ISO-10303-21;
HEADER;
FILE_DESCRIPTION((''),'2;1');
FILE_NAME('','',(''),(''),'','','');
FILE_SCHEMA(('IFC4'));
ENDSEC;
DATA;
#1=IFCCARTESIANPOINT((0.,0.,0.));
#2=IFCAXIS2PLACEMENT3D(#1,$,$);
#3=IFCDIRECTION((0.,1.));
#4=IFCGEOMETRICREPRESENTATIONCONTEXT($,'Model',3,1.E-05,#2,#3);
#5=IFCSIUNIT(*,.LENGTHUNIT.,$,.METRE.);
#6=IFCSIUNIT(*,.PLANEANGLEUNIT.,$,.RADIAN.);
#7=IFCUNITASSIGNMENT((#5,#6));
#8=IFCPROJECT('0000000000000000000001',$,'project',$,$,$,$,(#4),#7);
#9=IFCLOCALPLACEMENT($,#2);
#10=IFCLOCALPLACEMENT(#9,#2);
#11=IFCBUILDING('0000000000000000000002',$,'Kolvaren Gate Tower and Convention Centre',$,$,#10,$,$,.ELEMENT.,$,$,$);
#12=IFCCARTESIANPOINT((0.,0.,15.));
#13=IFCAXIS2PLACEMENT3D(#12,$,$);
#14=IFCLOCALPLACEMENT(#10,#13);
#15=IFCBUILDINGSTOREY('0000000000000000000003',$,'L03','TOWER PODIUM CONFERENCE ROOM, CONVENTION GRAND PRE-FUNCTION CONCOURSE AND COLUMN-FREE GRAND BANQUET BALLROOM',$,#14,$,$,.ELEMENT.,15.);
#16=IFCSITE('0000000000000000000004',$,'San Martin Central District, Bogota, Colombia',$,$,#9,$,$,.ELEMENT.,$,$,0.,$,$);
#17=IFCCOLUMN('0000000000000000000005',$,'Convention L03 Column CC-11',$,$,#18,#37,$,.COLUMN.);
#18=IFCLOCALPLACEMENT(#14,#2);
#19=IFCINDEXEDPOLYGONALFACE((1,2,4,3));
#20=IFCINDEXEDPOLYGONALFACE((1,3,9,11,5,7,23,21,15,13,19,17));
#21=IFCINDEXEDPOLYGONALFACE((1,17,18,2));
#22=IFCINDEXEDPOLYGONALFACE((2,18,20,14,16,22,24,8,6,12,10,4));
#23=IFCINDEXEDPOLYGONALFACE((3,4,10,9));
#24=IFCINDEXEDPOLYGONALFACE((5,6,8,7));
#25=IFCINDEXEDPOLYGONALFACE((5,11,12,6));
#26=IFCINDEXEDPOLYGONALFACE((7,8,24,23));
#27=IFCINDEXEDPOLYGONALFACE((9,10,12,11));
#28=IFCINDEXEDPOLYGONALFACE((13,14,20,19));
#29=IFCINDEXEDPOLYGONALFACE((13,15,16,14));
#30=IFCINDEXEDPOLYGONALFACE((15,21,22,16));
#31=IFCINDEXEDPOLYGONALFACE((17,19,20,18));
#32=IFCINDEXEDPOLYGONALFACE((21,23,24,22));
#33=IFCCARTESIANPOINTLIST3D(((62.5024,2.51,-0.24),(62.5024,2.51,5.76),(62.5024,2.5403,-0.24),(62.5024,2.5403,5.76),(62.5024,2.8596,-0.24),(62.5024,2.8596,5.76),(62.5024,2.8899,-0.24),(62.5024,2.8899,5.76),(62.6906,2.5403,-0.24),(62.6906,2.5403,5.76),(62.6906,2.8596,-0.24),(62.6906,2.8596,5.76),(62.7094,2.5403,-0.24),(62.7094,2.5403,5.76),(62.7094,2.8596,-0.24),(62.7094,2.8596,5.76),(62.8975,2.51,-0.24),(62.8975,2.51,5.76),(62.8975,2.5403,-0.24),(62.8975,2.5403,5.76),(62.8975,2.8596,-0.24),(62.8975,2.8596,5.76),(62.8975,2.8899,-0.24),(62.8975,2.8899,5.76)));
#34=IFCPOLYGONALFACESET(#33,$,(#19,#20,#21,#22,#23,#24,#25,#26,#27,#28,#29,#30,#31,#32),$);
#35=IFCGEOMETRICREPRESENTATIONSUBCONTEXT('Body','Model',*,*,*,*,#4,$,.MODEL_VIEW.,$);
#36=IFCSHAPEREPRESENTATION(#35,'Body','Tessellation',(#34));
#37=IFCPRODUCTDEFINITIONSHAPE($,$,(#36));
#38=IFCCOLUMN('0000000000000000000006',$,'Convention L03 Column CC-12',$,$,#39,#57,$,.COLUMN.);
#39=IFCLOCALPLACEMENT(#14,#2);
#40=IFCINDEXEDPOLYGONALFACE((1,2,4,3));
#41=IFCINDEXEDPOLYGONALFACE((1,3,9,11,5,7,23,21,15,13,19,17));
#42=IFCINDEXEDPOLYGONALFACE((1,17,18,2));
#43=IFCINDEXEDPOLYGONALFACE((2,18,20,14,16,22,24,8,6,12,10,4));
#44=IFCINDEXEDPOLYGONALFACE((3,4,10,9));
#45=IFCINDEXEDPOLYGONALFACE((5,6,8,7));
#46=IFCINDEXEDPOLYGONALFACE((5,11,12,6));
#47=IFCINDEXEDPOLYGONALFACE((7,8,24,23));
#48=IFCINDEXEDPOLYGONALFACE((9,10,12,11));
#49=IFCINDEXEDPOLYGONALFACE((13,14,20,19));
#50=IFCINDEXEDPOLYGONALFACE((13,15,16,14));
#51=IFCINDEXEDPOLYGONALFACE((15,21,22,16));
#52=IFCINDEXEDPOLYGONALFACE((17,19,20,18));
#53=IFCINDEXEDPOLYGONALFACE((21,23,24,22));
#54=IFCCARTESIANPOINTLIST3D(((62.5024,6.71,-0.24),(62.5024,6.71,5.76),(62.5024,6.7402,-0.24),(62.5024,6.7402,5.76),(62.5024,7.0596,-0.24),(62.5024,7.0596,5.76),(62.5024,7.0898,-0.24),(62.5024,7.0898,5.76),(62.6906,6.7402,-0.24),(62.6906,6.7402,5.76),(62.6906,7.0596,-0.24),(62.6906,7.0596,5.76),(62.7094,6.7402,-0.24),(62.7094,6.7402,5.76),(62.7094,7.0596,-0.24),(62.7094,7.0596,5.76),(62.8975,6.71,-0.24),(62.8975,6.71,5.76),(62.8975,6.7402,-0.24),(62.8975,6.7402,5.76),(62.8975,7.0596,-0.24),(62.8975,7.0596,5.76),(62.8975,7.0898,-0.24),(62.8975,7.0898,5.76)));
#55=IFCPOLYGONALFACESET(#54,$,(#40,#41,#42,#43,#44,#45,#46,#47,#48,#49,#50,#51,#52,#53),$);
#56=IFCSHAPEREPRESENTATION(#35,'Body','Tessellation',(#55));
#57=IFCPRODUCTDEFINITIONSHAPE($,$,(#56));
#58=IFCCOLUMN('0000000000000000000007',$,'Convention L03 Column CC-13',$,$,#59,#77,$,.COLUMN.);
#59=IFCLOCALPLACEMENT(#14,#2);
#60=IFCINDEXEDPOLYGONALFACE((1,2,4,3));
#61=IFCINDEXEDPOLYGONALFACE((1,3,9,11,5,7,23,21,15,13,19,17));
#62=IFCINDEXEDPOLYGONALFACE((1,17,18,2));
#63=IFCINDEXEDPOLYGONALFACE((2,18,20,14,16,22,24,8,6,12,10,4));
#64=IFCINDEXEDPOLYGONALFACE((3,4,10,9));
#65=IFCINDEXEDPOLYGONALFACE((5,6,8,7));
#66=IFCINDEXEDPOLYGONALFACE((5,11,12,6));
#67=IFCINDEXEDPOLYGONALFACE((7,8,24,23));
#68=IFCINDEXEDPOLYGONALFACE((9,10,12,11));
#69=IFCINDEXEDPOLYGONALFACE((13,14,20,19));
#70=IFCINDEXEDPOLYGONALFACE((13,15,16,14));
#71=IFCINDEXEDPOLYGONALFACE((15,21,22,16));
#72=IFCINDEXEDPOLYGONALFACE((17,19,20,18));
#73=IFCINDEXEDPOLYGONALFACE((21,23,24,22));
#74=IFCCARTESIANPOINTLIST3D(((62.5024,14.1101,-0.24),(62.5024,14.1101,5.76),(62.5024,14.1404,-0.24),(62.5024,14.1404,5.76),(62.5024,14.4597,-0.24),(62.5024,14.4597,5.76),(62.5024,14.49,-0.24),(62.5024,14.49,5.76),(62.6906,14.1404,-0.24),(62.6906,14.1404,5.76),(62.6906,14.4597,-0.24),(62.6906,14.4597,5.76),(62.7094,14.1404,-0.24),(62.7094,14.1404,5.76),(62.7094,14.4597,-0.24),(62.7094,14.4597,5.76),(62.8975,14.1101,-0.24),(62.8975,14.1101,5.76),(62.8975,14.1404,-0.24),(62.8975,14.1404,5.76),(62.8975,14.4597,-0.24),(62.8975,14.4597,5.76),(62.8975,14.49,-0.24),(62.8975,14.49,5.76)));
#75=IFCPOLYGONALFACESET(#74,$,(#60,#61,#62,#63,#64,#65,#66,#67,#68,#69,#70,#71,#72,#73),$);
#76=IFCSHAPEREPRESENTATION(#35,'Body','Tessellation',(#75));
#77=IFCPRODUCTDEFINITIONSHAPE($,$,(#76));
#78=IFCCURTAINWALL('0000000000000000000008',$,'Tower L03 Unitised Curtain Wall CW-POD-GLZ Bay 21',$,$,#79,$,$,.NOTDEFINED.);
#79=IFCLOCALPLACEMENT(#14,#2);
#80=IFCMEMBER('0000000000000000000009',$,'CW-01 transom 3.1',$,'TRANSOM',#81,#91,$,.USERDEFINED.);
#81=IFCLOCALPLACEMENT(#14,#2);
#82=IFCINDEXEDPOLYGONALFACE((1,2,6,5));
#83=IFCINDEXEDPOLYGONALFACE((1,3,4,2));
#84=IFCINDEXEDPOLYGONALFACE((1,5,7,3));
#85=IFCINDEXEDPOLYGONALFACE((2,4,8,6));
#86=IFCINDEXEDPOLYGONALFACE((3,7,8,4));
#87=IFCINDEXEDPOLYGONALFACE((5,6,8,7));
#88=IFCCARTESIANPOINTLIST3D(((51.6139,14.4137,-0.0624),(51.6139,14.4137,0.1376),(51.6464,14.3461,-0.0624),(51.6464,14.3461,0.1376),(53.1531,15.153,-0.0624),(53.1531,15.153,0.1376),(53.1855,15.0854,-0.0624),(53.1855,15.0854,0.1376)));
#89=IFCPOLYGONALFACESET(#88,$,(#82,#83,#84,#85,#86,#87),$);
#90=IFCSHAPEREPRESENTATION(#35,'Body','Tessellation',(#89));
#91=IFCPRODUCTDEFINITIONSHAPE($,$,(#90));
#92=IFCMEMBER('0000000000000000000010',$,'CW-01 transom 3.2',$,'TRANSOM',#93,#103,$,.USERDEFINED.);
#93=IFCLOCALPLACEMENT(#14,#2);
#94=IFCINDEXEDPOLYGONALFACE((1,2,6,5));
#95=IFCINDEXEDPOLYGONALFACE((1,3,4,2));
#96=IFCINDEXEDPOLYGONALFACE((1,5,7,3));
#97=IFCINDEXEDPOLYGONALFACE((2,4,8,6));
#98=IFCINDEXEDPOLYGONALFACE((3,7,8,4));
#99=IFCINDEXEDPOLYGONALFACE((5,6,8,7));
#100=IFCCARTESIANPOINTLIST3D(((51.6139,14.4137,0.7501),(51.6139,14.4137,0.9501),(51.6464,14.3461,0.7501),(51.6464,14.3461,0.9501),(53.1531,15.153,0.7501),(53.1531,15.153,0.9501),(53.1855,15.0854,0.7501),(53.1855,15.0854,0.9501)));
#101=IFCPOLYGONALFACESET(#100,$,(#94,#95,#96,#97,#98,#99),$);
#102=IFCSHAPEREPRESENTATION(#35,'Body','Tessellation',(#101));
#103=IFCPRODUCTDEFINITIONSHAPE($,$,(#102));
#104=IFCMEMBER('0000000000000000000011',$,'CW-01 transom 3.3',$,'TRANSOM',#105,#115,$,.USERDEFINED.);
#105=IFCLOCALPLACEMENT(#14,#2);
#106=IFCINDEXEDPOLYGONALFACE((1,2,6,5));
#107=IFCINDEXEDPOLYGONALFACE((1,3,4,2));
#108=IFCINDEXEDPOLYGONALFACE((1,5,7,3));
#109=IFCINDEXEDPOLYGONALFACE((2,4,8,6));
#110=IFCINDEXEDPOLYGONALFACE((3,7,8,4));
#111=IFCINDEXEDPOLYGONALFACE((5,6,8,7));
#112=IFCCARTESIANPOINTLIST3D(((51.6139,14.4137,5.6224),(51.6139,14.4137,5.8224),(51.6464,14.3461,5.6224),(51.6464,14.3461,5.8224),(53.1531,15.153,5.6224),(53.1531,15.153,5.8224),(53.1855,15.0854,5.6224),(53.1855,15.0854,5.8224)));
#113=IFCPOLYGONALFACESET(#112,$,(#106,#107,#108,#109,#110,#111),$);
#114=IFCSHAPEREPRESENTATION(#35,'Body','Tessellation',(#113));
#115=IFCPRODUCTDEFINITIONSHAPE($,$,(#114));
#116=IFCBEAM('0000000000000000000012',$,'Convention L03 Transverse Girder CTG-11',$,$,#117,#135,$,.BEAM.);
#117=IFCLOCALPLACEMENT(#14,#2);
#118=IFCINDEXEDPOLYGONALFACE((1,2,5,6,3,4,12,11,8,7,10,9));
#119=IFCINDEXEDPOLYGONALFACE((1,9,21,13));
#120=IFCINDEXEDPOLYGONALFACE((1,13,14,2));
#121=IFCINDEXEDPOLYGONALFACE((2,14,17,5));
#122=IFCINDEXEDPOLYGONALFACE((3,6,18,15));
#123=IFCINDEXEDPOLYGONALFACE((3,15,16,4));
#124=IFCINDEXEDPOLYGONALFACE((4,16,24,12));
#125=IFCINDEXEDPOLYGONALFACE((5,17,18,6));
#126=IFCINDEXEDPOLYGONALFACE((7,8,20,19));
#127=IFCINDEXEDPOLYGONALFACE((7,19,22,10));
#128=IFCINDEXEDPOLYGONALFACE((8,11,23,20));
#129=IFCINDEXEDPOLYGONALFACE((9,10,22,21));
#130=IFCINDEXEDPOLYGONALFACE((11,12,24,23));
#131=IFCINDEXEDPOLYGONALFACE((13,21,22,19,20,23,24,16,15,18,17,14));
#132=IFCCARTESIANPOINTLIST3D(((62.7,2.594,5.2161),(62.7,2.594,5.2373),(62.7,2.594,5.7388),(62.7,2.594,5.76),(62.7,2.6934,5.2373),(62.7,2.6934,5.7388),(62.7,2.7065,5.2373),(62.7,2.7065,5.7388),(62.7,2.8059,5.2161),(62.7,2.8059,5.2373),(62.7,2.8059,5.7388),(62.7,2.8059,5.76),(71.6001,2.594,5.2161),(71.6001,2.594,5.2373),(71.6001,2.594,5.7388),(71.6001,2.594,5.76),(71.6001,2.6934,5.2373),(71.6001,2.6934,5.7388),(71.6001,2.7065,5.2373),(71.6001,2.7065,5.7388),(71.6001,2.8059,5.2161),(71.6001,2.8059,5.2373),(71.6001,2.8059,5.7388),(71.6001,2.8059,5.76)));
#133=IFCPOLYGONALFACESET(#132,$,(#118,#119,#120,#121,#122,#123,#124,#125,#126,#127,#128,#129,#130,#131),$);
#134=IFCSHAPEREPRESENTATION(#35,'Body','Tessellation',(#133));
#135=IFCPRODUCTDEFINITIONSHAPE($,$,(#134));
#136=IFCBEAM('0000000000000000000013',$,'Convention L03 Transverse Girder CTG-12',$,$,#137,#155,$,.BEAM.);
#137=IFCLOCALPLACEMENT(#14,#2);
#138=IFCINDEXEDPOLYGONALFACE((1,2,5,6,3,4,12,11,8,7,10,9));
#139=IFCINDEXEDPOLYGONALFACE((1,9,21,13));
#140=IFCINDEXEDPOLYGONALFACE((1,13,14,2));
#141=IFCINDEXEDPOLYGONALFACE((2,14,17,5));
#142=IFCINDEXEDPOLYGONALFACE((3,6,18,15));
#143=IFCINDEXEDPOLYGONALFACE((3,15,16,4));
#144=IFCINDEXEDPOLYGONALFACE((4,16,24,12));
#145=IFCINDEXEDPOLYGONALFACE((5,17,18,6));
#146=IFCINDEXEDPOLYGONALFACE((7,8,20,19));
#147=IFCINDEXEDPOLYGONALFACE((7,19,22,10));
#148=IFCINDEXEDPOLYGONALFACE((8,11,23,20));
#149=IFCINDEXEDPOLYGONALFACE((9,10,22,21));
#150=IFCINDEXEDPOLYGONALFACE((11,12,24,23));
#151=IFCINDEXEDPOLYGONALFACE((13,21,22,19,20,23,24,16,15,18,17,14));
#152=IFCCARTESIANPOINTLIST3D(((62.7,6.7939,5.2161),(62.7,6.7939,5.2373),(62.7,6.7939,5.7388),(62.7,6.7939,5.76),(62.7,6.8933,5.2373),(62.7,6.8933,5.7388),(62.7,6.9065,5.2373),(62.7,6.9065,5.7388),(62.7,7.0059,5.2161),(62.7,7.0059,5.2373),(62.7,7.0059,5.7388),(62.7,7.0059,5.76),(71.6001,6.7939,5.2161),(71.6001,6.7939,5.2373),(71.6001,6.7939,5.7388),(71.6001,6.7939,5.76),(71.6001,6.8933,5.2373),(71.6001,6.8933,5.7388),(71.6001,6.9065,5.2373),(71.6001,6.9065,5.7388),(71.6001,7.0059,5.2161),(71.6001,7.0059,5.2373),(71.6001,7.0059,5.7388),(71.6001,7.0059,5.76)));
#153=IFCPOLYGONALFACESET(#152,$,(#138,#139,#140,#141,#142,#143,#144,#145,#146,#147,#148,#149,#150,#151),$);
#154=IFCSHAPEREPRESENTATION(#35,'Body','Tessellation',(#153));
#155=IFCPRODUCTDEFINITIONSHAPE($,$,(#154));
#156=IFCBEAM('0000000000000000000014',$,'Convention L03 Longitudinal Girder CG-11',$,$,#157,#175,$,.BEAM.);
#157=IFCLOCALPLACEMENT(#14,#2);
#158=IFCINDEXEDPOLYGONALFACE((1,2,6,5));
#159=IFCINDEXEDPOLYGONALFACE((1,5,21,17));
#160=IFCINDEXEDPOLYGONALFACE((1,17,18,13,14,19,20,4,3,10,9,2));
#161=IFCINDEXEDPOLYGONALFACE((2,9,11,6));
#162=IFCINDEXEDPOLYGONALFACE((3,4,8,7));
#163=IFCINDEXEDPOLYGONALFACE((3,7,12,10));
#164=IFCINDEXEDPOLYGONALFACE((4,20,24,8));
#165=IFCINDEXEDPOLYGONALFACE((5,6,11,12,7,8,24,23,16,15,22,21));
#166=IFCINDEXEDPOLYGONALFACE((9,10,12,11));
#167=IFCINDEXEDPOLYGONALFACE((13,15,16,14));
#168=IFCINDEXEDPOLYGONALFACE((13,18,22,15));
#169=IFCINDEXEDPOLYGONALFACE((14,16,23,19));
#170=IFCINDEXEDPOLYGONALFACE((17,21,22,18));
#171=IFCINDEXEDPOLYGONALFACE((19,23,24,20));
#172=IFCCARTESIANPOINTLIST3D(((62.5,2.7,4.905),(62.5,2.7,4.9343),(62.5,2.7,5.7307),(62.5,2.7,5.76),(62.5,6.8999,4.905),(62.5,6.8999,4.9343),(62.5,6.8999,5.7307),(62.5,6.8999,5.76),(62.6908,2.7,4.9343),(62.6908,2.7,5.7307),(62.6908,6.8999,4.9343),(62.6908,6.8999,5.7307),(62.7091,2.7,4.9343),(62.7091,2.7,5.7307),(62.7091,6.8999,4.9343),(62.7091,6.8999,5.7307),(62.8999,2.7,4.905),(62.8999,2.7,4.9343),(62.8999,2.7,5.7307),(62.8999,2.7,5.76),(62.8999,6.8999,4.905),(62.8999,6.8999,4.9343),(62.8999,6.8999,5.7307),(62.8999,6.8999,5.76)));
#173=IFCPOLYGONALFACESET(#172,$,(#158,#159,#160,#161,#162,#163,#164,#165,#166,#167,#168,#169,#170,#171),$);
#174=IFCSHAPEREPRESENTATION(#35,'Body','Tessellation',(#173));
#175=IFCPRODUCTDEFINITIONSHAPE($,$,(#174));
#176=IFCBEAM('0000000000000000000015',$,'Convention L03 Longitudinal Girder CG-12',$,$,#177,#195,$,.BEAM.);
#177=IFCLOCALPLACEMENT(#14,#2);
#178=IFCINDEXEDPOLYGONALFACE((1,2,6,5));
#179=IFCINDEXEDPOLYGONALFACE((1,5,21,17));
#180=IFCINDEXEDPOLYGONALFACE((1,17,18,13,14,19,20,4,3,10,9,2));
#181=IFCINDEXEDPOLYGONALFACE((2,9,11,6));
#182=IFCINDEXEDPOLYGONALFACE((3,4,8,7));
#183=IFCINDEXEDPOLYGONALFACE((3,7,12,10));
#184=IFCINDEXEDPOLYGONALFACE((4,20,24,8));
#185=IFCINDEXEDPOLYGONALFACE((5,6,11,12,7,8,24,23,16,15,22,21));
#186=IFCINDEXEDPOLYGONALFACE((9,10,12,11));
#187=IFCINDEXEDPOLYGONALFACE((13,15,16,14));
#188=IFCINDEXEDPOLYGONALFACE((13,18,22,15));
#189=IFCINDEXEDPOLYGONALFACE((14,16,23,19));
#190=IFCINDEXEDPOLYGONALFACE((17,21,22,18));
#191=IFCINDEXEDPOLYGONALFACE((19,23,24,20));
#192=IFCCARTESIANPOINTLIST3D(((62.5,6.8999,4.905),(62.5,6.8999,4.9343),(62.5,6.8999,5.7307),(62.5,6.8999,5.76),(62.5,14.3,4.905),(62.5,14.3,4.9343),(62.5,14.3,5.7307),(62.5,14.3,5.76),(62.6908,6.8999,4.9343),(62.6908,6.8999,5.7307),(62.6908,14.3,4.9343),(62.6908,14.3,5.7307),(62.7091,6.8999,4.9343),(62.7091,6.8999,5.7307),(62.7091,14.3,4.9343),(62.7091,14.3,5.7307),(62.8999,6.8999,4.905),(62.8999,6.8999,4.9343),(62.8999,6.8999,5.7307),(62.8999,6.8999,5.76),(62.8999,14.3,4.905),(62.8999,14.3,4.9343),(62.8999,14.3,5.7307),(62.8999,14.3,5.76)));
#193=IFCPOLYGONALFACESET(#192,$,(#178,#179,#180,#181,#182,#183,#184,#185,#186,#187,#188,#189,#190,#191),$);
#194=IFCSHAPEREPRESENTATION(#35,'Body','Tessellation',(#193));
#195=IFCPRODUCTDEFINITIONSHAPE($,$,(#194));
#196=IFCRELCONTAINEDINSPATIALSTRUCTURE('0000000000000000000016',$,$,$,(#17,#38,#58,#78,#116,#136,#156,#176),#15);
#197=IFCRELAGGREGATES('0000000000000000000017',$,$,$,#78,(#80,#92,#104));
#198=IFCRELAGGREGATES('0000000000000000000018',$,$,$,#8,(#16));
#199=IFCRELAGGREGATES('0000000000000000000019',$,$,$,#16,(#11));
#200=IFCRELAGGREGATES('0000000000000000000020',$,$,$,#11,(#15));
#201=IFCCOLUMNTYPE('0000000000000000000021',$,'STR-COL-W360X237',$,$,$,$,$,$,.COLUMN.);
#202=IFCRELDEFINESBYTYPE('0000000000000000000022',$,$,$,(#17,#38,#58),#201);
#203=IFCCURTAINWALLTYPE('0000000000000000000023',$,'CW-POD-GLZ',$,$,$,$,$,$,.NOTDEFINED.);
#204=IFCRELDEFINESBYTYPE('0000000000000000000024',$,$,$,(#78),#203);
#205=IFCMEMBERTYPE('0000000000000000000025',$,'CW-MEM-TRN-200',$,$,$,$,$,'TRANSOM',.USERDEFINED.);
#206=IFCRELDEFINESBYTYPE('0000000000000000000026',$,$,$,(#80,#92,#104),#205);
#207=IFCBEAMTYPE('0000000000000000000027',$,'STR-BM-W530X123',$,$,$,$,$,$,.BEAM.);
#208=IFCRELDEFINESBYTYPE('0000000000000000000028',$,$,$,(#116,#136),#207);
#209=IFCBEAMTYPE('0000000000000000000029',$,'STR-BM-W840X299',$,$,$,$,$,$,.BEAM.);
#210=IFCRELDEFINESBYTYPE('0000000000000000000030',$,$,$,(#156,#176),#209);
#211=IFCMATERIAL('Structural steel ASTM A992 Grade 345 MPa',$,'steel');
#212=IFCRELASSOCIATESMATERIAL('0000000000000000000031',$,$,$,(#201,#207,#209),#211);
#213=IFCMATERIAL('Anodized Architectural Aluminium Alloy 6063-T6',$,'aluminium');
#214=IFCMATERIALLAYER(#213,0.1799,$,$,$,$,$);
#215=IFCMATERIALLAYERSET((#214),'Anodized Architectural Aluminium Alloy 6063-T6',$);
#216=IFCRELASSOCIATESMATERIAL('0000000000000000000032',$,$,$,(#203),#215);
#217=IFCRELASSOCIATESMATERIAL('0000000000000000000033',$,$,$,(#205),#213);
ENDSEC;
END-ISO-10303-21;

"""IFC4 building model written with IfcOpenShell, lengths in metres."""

from ifc_helpers import new_model, si_unit, direction, frame, origin, origin_2d, place, context, subcontext, project, spatial, rectangle, i_section, extrude, material, layer, layer_set, material_profile, profile_set, type_object, element, aggregate, save


model = new_model("IFC4")

# Units and contexts
model_context = context("Model", 3, precision=1e-05, world=origin(), true_north=direction((0.0, 1.0)))
body_context = subcontext(model_context, "Body", "Model", "MODEL_VIEW")
ifc_project = project(units=[si_unit("LENGTHUNIT", "METRE"), si_unit("PLANEANGLEUNIT", "RADIAN")], contexts=[model_context])

# Site, building, storey
site_placement = place(None, origin())
site = spatial("IfcSite", under=ifc_project, at=site_placement, Name="San Martin Central District, Bogota, Colombia", CompositionType="ELEMENT", RefElevation=0.0)
building_placement = place(site_placement, origin())
building = spatial("IfcBuilding", under=site, at=building_placement, Name="Kolvaren Gate Tower and Convention Centre", CompositionType="ELEMENT")
storey_placement = place(building_placement, frame((0.0, 0.0, 15.0)))
storey = spatial("IfcBuildingStorey", under=building, at=storey_placement, Name="L03", Description="TOWER PODIUM CONFERENCE ROOM, CONVENTION GRAND PRE-FUNCTION CONCOURSE AND COLUMN-FREE GRAND BANQUET BALLROOM", CompositionType="ELEMENT", Elevation=15.0)

# Columns
ifc_material_1 = material(Name="Structural steel ASTM A992 Grade 345 MPa", Category="steel")
ifc_material_profile_1 = material_profile(ifc_material_1, i_section(OverallWidth=0.395, OverallDepth=0.3799, WebThickness=0.0188, FlangeThickness=0.0303, at=origin_2d()), Name="W360X237")
ifc_profile_set_1 = profile_set([ifc_material_profile_1], Name="Structural steel ASTM A992 Grade 345 MPa")
column_type = type_object("IfcColumnType", Name="STR-COL-W360X237", PredefinedType="COLUMN", material=ifc_profile_set_1)
for number, where, z_axis, x_axis, name in (
    (1, (62.7, 2.7, -0.24), (0.0, 0.0, 1.0), (1.0, 0.0, 0.0), "Convention L03 Column CC-11"),
    (2, (62.7, 6.8999, -0.24), (0.0, 0.0, 1.0), (1.0, 0.0, 0.0), "Convention L03 Column CC-12"),
    (3, (62.7, 14.3, -0.24), (0.0, 0.0, 1.0), (1.0, 0.0, 0.0), "Convention L03 Column CC-13"),
):
    element("IfcColumn", number, at=place(storey_placement, frame(where, z_axis=z_axis, x_axis=x_axis)), inside=storey, type_object=column_type, Name=name, PredefinedType="COLUMN", context=body_context, shape_type="SweptSolid", body=[
        extrude(i_section(OverallWidth=0.395, OverallDepth=0.3799, WebThickness=0.0188, FlangeThickness=0.0303, at=origin_2d()), origin(), (0.0, 0.0, 1.0), 6.0),
    ])

# Curtain wall, members
ifc_material_2 = material(Name="Anodized Architectural Aluminium Alloy 6063-T6", Category="aluminium")
ifc_layer_1 = layer(ifc_material_2, 0.1799)
ifc_layer_set_1 = layer_set([ifc_layer_1], Name="Anodized Architectural Aluminium Alloy 6063-T6")
curtain_wall_type = type_object("IfcCurtainWallType", Name="CW-POD-GLZ", PredefinedType="NOTDEFINED", material=ifc_layer_set_1)
curtain_wall_placement = place(storey_placement, origin())
curtain_wall = element("IfcCurtainWall", 4, at=curtain_wall_placement, inside=storey, type_object=curtain_wall_type, Name="Tower L03 Unitised Curtain Wall CW-POD-GLZ Bay 21", PredefinedType="NOTDEFINED")
ifc_material_profile_2 = material_profile(ifc_material_2, rectangle(XDim=0.075, YDim=0.2, at=origin_2d()), Name="CW-MEM-TRN-200")
ifc_profile_set_2 = profile_set([ifc_material_profile_2], Name="Anodized Architectural Aluminium Alloy 6063-T6")
member_type = type_object("IfcMemberType", Name="CW-MEM-TRN-200", ElementType="TRANSOM", PredefinedType="USERDEFINED", material=ifc_profile_set_2)
member_1_placement = place(storey_placement, frame((51.6301, 14.3799, 0.0376), z_axis=(0.901407, 0.432973, 0.0), x_axis=(-0.432973, 0.901407, 0.0)))
member_1 = element("IfcMember", 5, at=member_1_placement, type_object=member_type, Name="CW-01 transom 3.1", ObjectType="TRANSOM", PredefinedType="USERDEFINED", context=body_context, shape_type="SweptSolid", body=[
    extrude(rectangle(XDim=0.075, YDim=0.2, at=origin_2d()), origin(), (0.0, 0.0, 1.0), 1.7075),
])
member_2_placement = place(storey_placement, frame((51.6301, 14.3799, 0.8501), z_axis=(0.901407, 0.432973, 0.0), x_axis=(-0.432973, 0.901407, 0.0)))
member_2 = element("IfcMember", 6, at=member_2_placement, type_object=member_type, Name="CW-01 transom 3.2", ObjectType="TRANSOM", PredefinedType="USERDEFINED", context=body_context, shape_type="SweptSolid", body=[
    extrude(rectangle(XDim=0.075, YDim=0.2, at=origin_2d()), origin(), (0.0, 0.0, 1.0), 1.7075),
])
member_3_placement = place(storey_placement, frame((51.6301, 14.3799, 5.7224), z_axis=(0.901407, 0.432973, 0.0), x_axis=(-0.432973, 0.901407, 0.0)))
member_3 = element("IfcMember", 7, at=member_3_placement, type_object=member_type, Name="CW-01 transom 3.3", ObjectType="TRANSOM", PredefinedType="USERDEFINED", context=body_context, shape_type="SweptSolid", body=[
    extrude(rectangle(XDim=0.075, YDim=0.2, at=origin_2d()), origin(), (0.0, 0.0, 1.0), 1.7075),
])
aggregate(curtain_wall, [member_1, member_2, member_3])

# Beams
ifc_material_profile_3 = material_profile(ifc_material_1, i_section(OverallWidth=0.2119, OverallDepth=0.5439, WebThickness=0.0132, FlangeThickness=0.0212, at=origin_2d()), Name="W530X123")
ifc_profile_set_3 = profile_set([ifc_material_profile_3], Name="Structural steel ASTM A992 Grade 345 MPa")
beam_type_1 = type_object("IfcBeamType", Name="STR-BM-W530X123", PredefinedType="BEAM", material=ifc_profile_set_3)
for number, where, z_axis, x_axis, name in (
    (8, (62.7, 2.7, 5.488), (1.0, 0.0, 0.0), (0.0, 1.0, 0.0), "Convention L03 Transverse Girder CTG-11"),
    (9, (62.7, 6.8999, 5.488), (1.0, 0.0, 0.0), (0.0, 1.0, 0.0), "Convention L03 Transverse Girder CTG-12"),
):
    element("IfcBeam", number, at=place(storey_placement, frame(where, z_axis=z_axis, x_axis=x_axis)), inside=storey, type_object=beam_type_1, Name=name, PredefinedType="BEAM", context=body_context, shape_type="SweptSolid", body=[
        extrude(i_section(OverallWidth=0.2119, OverallDepth=0.5439, WebThickness=0.0132, FlangeThickness=0.0212, at=origin_2d()), origin(), (0.0, 0.0, 1.0), 8.9001),
    ])
ifc_material_profile_4 = material_profile(ifc_material_1, i_section(OverallWidth=0.3999, OverallDepth=0.855, WebThickness=0.0183, FlangeThickness=0.0293, at=origin_2d()), Name="W840X299")
ifc_profile_set_4 = profile_set([ifc_material_profile_4], Name="Structural steel ASTM A992 Grade 345 MPa")
beam_type_2 = type_object("IfcBeamType", Name="STR-BM-W840X299", PredefinedType="BEAM", material=ifc_profile_set_4)
beam_1_placement = place(storey_placement, frame((62.7, 2.7, 5.3325), z_axis=(0.0, 1.0, 0.0), x_axis=(-1.0, 0.0, 0.0)))
element("IfcBeam", 10, at=beam_1_placement, inside=storey, type_object=beam_type_2, Name="Convention L03 Longitudinal Girder CG-11", PredefinedType="BEAM", context=body_context, shape_type="SweptSolid", body=[
    extrude(i_section(OverallWidth=0.3999, OverallDepth=0.855, WebThickness=0.0183, FlangeThickness=0.0293, at=origin_2d()), origin(), (0.0, 0.0, 1.0), 4.2),
])
beam_2_placement = place(storey_placement, frame((62.7, 6.8999, 5.3325), z_axis=(0.0, 1.0, 0.0), x_axis=(-1.0, 0.0, 0.0)))
element("IfcBeam", 11, at=beam_2_placement, inside=storey, type_object=beam_type_2, Name="Convention L03 Longitudinal Girder CG-12", PredefinedType="BEAM", context=body_context, shape_type="SweptSolid", body=[
    extrude(i_section(OverallWidth=0.3999, OverallDepth=0.855, WebThickness=0.0183, FlangeThickness=0.0293, at=origin_2d()), origin(), (0.0, 0.0, 1.0), 7.4001),
])

save(model, "model.ifc")
